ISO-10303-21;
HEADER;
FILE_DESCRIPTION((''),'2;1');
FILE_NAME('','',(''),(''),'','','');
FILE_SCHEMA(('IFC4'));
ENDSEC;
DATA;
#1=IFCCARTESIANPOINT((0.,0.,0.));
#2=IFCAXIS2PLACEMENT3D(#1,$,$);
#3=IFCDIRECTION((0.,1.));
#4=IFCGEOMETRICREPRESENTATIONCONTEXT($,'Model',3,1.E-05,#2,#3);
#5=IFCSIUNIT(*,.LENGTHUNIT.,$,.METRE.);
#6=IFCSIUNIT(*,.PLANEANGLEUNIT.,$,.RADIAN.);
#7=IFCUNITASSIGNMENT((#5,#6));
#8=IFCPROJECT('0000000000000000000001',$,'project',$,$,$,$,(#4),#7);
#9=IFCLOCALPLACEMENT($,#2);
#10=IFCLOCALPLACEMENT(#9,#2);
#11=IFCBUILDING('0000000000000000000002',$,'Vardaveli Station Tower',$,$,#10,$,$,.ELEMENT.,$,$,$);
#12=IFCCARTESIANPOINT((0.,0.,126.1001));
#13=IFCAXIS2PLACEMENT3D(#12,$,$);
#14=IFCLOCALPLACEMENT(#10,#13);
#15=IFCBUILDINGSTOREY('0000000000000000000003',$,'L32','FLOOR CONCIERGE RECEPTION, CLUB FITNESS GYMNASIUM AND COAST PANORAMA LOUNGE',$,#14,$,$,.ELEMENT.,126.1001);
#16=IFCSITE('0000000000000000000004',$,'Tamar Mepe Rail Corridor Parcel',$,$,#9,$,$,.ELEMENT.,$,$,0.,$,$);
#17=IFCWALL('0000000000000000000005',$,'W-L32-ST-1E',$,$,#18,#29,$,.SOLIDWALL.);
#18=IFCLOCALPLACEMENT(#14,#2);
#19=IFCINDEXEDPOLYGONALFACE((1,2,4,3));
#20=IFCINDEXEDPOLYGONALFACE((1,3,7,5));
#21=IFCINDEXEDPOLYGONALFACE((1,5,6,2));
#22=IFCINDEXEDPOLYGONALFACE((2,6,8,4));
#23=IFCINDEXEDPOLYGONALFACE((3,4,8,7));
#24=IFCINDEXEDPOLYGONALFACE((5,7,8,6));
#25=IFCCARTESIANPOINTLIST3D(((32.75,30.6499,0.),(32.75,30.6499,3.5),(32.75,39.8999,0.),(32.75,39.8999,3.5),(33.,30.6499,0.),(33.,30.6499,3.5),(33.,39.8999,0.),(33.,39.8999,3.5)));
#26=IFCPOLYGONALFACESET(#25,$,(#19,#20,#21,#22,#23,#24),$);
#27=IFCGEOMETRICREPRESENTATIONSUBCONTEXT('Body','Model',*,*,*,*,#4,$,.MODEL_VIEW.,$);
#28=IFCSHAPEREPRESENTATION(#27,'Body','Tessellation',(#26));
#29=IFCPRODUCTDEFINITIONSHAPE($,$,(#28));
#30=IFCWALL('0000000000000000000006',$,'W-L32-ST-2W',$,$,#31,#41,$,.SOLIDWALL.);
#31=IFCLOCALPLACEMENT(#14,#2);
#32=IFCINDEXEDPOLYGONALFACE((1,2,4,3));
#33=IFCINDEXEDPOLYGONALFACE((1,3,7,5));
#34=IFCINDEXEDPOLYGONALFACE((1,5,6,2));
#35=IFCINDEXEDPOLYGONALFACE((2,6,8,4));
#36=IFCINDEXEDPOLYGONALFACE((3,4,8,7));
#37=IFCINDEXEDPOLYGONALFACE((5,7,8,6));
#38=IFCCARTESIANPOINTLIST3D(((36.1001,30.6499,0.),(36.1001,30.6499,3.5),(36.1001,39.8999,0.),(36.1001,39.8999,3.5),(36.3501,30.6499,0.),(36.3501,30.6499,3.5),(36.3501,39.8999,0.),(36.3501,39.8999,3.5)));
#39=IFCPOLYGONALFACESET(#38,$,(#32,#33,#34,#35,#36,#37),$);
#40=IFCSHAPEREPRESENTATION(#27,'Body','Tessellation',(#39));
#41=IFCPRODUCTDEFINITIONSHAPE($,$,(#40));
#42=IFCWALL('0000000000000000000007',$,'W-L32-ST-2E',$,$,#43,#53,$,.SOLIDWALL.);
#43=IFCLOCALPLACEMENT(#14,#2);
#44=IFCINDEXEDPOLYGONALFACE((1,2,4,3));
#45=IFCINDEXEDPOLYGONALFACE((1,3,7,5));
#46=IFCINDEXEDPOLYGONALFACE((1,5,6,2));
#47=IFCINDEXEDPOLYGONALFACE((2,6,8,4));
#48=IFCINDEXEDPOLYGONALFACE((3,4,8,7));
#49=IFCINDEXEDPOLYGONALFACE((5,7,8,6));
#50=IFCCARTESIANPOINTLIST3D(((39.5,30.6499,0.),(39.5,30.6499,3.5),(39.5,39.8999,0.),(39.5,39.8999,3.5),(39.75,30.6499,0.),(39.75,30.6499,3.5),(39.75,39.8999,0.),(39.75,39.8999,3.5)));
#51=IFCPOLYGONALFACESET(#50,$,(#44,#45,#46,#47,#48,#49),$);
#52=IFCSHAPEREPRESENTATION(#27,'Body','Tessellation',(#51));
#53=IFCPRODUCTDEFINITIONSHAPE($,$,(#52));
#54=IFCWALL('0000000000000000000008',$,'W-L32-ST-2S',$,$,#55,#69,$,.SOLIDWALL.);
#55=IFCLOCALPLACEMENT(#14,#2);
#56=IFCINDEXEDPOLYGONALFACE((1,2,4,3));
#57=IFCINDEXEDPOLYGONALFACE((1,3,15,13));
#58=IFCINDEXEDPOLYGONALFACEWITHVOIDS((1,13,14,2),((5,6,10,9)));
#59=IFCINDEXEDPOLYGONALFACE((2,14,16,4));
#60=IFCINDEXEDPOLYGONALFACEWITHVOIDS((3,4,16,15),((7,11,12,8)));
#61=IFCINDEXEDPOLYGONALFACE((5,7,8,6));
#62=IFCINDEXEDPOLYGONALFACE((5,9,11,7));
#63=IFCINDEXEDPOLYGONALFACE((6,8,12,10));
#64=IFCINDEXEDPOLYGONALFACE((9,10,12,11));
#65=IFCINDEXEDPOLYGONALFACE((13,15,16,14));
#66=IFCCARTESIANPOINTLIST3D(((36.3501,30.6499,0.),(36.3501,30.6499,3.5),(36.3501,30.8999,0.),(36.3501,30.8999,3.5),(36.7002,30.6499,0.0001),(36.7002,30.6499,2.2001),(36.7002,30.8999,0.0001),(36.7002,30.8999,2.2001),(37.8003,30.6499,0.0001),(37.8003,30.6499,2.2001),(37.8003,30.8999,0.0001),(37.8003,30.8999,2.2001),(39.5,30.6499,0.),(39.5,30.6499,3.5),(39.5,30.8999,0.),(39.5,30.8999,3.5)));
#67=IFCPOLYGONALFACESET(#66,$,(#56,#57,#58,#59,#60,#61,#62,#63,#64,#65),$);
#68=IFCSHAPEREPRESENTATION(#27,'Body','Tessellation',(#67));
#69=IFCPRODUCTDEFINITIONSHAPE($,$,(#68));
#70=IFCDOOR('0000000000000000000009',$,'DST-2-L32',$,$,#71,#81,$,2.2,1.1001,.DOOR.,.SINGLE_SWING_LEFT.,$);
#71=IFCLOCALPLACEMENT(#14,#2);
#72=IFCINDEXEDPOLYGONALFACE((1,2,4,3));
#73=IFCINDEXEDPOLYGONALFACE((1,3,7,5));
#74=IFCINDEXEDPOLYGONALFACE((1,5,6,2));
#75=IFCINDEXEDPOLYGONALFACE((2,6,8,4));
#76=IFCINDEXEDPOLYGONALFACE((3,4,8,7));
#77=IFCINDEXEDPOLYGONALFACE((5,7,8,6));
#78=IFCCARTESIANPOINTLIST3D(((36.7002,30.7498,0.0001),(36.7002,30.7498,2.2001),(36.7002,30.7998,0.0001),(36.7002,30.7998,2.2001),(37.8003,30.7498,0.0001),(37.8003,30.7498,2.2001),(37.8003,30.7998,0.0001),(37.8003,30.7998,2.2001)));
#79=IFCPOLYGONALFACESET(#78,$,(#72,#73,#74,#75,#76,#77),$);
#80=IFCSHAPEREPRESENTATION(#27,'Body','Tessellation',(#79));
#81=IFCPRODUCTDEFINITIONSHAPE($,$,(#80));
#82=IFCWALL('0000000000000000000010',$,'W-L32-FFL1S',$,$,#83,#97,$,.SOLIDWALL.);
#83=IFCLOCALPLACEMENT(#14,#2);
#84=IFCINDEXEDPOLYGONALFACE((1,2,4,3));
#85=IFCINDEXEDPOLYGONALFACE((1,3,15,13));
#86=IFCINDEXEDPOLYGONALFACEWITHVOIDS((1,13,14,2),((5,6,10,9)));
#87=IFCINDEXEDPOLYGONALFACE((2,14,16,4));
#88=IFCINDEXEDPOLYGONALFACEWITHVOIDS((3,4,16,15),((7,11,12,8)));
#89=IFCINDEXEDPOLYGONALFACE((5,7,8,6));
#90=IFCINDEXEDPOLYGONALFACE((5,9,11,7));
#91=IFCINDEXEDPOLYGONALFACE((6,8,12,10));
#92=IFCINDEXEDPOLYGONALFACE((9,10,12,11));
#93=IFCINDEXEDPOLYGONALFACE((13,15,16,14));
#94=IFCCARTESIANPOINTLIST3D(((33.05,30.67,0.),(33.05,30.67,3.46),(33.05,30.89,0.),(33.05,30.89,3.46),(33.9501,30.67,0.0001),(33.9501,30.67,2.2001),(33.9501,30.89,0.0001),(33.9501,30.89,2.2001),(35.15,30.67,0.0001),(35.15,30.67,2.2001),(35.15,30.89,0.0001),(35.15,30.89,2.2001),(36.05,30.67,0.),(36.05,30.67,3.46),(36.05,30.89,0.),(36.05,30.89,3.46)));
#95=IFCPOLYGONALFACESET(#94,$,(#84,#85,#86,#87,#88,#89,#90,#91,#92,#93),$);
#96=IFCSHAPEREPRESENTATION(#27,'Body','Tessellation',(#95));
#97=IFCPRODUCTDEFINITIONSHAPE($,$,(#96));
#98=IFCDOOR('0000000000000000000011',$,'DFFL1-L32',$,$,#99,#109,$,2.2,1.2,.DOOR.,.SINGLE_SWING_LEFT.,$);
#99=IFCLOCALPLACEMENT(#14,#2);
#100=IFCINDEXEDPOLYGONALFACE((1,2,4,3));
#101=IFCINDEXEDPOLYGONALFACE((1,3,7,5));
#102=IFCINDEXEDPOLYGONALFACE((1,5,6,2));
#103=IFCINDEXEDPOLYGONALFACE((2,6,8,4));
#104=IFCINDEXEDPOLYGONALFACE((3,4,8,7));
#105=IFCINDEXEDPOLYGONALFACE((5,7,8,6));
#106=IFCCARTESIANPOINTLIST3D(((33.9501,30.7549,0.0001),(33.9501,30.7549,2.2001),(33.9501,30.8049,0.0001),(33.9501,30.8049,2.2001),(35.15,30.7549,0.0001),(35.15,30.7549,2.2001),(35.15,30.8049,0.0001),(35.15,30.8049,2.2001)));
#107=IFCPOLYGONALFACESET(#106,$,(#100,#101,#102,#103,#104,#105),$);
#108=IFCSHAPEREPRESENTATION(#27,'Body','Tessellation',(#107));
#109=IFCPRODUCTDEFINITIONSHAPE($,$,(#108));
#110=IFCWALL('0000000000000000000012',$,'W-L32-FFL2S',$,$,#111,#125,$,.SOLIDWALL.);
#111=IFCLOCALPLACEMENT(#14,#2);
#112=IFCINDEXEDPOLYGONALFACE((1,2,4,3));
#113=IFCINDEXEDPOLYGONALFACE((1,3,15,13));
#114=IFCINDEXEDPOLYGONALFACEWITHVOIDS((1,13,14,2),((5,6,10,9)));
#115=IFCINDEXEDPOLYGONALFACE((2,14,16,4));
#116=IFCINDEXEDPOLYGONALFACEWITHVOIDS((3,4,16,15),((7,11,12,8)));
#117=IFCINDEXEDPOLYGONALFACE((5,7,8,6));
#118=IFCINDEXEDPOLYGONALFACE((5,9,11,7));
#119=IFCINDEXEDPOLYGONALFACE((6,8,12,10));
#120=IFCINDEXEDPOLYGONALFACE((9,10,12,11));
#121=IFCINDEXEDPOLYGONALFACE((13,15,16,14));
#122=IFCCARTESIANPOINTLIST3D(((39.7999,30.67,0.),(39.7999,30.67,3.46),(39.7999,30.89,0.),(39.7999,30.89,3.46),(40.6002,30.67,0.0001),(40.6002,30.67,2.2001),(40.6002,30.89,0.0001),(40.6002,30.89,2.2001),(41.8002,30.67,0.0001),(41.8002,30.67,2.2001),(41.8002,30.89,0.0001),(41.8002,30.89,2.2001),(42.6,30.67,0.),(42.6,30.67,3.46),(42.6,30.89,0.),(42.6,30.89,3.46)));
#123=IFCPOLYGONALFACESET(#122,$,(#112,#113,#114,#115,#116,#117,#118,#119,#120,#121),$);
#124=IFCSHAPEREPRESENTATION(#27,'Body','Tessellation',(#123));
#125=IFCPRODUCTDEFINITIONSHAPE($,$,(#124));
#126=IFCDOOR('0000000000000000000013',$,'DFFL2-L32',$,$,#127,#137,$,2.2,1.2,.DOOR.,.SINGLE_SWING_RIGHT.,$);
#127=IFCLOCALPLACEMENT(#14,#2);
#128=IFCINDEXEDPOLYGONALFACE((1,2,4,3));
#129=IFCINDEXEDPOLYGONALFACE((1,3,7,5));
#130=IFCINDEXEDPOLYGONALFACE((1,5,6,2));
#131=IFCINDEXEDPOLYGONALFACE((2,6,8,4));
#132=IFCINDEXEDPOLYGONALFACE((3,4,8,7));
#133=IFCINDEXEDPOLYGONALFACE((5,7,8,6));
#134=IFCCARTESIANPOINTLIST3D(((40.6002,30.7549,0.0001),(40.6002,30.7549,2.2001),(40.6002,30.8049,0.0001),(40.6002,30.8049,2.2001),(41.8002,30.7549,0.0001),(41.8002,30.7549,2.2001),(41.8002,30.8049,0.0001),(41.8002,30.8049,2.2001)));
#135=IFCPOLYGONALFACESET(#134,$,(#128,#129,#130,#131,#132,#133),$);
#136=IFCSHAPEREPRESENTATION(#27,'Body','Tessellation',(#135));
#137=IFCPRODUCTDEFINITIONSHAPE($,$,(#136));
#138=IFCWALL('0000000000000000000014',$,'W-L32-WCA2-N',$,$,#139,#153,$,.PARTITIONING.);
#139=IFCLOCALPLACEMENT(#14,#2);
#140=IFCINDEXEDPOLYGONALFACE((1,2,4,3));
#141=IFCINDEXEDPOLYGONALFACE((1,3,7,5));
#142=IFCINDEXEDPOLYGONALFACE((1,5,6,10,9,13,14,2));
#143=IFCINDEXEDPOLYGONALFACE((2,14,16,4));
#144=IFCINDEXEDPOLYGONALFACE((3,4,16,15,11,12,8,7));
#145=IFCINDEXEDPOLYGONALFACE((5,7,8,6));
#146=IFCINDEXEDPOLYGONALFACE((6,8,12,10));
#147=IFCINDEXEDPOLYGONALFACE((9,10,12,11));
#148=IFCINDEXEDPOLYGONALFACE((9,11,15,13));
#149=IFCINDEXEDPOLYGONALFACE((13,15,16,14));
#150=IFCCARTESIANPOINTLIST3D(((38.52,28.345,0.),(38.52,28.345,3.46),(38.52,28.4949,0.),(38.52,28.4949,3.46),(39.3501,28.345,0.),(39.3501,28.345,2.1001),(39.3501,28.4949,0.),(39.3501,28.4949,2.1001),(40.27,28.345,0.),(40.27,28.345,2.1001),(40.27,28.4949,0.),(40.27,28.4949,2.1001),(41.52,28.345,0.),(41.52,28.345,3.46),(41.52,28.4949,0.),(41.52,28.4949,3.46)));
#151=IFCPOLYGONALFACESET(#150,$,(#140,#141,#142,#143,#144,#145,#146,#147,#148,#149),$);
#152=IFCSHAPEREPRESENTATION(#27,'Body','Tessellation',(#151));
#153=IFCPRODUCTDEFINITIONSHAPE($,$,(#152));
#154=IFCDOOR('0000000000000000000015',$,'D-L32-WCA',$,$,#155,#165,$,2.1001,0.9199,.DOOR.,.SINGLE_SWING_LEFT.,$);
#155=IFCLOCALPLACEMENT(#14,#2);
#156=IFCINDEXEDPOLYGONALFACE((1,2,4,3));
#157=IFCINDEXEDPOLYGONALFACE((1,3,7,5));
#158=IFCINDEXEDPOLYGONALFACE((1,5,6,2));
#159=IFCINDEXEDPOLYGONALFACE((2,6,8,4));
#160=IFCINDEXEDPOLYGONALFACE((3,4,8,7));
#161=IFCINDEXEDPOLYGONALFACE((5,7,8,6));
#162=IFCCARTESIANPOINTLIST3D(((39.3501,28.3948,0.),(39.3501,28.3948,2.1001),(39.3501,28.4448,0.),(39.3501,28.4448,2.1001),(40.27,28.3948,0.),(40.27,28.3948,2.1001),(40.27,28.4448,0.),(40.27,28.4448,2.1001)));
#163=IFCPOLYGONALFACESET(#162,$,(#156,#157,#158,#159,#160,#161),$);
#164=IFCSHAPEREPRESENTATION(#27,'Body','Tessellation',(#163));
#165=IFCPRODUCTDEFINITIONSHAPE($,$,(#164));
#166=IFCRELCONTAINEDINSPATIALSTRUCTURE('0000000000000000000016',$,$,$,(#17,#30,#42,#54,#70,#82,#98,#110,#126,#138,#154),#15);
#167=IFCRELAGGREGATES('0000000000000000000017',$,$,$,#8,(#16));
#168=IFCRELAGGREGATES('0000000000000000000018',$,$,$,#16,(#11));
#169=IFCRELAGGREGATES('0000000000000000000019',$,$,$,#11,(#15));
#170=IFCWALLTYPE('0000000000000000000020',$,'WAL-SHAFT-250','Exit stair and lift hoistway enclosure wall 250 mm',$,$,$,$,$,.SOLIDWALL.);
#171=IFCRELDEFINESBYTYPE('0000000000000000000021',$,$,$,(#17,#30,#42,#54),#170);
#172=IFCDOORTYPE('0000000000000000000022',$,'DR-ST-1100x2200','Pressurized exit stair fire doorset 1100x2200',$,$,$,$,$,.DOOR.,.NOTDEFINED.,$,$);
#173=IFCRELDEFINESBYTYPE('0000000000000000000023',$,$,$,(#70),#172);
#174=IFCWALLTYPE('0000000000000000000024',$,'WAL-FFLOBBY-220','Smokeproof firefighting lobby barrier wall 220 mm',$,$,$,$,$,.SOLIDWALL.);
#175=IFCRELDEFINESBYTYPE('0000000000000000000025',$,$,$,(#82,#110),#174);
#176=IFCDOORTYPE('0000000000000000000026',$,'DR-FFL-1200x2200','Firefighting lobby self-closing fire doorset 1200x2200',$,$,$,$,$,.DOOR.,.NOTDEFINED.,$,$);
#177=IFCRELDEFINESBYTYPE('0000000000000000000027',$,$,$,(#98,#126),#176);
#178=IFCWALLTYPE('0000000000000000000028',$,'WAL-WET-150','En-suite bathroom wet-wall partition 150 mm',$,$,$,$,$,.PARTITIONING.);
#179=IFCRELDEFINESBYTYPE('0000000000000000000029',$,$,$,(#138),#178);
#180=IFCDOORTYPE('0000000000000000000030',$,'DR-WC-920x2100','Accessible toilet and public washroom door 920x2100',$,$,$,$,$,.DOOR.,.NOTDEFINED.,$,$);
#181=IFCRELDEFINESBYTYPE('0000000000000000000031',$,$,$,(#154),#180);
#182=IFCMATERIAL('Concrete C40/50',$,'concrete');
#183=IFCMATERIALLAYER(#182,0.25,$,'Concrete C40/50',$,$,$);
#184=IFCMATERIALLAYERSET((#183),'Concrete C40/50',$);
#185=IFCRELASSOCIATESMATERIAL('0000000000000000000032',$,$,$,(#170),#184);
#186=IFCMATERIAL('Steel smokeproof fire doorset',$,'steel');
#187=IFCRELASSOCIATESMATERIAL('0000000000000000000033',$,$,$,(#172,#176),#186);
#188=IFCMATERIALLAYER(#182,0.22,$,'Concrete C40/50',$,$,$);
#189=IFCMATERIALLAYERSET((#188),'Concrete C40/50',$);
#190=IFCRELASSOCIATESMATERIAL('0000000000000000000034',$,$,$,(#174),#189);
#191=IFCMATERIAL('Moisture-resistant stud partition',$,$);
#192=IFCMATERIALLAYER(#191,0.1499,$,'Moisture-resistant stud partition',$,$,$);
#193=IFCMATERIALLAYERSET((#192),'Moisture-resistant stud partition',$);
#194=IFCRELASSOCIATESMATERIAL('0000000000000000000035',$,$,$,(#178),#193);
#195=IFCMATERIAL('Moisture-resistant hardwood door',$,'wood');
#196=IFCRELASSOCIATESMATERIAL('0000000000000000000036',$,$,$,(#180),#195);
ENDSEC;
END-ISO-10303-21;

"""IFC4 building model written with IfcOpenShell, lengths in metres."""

from ifc_helpers import new_model, si_unit, direction, frame, frame_2d, origin, place, context, subcontext, project, spatial, rectangle, extrude, source, transform, mapped, material, layer, layer_set, type_object, element, fill, save


model = new_model("IFC4")

# Units and contexts
model_context = context("Model", 3, precision=1e-05, world=origin(), true_north=direction((0.0, 1.0)))
body_context = subcontext(model_context, "Body", "Model", "MODEL_VIEW")
ifc_project = project(units=[si_unit("LENGTHUNIT", "METRE"), si_unit("PLANEANGLEUNIT", "RADIAN")], contexts=[model_context])

# Site, building, storey
site_placement = place(None, origin())
site = spatial("IfcSite", under=ifc_project, at=site_placement, Name="Tamar Mepe Rail Corridor Parcel", CompositionType="ELEMENT", RefElevation=0.0)
building_placement = place(site_placement, origin())
building = spatial("IfcBuilding", under=site, at=building_placement, Name="Vardaveli Station Tower", CompositionType="ELEMENT")
storey_placement = place(building_placement, frame((0.0, 0.0, 126.1001)))
storey = spatial("IfcBuildingStorey", under=building, at=storey_placement, Name="L32", Description="FLOOR CONCIERGE RECEPTION, CLUB FITNESS GYMNASIUM AND COAST PANORAMA LOUNGE", CompositionType="ELEMENT", Elevation=126.1001)

# Walls
ifc_material_1 = material(Name="Concrete C40/50", Category="concrete")
ifc_layer_1 = layer(ifc_material_1, 0.25, Name="Concrete C40/50")
ifc_layer_set_1 = layer_set([ifc_layer_1], Name="Concrete C40/50")
wall_type_1 = type_object("IfcWallType", Name="WAL-SHAFT-250", Description="Exit stair and lift hoistway enclosure wall 250 mm", PredefinedType="SOLIDWALL", material=ifc_layer_set_1)
shared_shape_1 = source(origin(), body_context, "Body", "SweptSolid", [
    extrude(rectangle(XDim=9.25, YDim=0.25, at=frame_2d((4.625, 0.0))), origin(), (0.0, 0.0, 1.0), 3.5),
])
for number, where, z_axis, x_axis, name in (
    (1, (32.875, 30.6499, 0.0), (0.0, 0.0, 1.0), (0.0, 1.0, 0.0), "W-L32-ST-1E"),
    (2, (36.2251, 30.6499, 0.0), (0.0, 0.0, 1.0), (0.0, 1.0, 0.0), "W-L32-ST-2W"),
    (3, (39.625, 30.6499, 0.0), (0.0, 0.0, 1.0), (0.0, 1.0, 0.0), "W-L32-ST-2E"),
):
    element("IfcWall", number, at=place(storey_placement, frame(where, z_axis=z_axis, x_axis=x_axis)), inside=storey, type_object=wall_type_1, Name=name, PredefinedType="SOLIDWALL", context=body_context, shape_type="MappedRepresentation", body=[
        mapped(shared_shape_1, transform((0.0, 0.0, 0.0), scale=1.0)),
    ])

# Walls, openings, doors
shared_shape_2 = source(origin(), body_context, "Body", "SweptSolid", [
    extrude(rectangle(XDim=3.1499, YDim=0.25, at=frame_2d((1.575, 0.0))), origin(), (0.0, 0.0, 1.0), 3.5),
])
wall_1_placement = place(storey_placement, frame((36.3501, 30.7749, 0.0), z_axis=(0.0, 0.0, 1.0), x_axis=(1.0, 0.0, 0.0)))
wall_1 = element("IfcWall", 4, at=wall_1_placement, inside=storey, type_object=wall_type_1, Name="W-L32-ST-2S", PredefinedType="SOLIDWALL", context=body_context, shape_type="MappedRepresentation", body=[
    mapped(shared_shape_2, transform((0.0, 0.0, 0.0), scale=1.0)),
])
shared_shape_3 = source(origin(), body_context, "Body", "SweptSolid", [
    extrude(rectangle(XDim=1.1001, YDim=2.2, at=frame_2d((0.55, 1.1001))), frame((0.0, 0.135, 0.0), z_axis=(0.0, -1.0, 0.0), x_axis=(1.0, 0.0, 0.0)), (0.0, 0.0, 1.0), 0.27),
])
opening_1_placement = place(wall_1_placement, frame((0.3501, 0.0, 0.0)))
opening_1 = element("IfcOpeningElement", 5, at=opening_1_placement, cuts=wall_1, PredefinedType="OPENING", context=body_context, shape_type="MappedRepresentation", body=[
    mapped(shared_shape_3, transform((0.0, 0.0, 0.0), scale=1.0)),
])
ifc_material_2 = material(Name="Steel smokeproof fire doorset", Category="steel")
door_type_1 = type_object("IfcDoorType", Name="DR-ST-1100x2200", Description="Pressurized exit stair fire doorset 1100x2200", OperationType="NOTDEFINED", PredefinedType="DOOR", material=ifc_material_2)
shared_shape_4 = source(origin(), body_context, "Body", "SweptSolid", [
    extrude(rectangle(XDim=1.1001, YDim=2.2, at=frame_2d((0.55, 1.1001))), frame((0.0, 0.0249, 0.0), z_axis=(0.0, -1.0, 0.0), x_axis=(1.0, 0.0, 0.0)), (0.0, 0.0, 1.0), 0.05),
])
door_1_placement = place(opening_1_placement, origin())
door_1 = element("IfcDoor", 6, at=door_1_placement, inside=storey, type_object=door_type_1, Name="DST-2-L32", OperationType="SINGLE_SWING_LEFT", OverallHeight=2.2, OverallWidth=1.1001, PredefinedType="DOOR", context=body_context, shape_type="MappedRepresentation", body=[
    mapped(shared_shape_4, transform((0.0, 0.0, 0.0), scale=1.0)),
])
fill(opening_1, door_1)
ifc_layer_2 = layer(ifc_material_1, 0.22, Name="Concrete C40/50")
ifc_layer_set_2 = layer_set([ifc_layer_2], Name="Concrete C40/50")
wall_type_2 = type_object("IfcWallType", Name="WAL-FFLOBBY-220", Description="Smokeproof firefighting lobby barrier wall 220 mm", PredefinedType="SOLIDWALL", material=ifc_layer_set_2)
shared_shape_5 = source(origin(), body_context, "Body", "SweptSolid", [
    extrude(rectangle(XDim=3.0, YDim=0.22, at=frame_2d((1.5, 0.0))), origin(), (0.0, 0.0, 1.0), 3.46),
])
wall_2_placement = place(storey_placement, frame((33.05, 30.78, 0.0), z_axis=(0.0, 0.0, 1.0), x_axis=(1.0, 0.0, 0.0)))
wall_2 = element("IfcWall", 7, at=wall_2_placement, inside=storey, type_object=wall_type_2, Name="W-L32-FFL1S", PredefinedType="SOLIDWALL", context=body_context, shape_type="MappedRepresentation", body=[
    mapped(shared_shape_5, transform((0.0, 0.0, 0.0), scale=1.0)),
])
shared_shape_6 = source(origin(), body_context, "Body", "SweptSolid", [
    extrude(rectangle(XDim=1.2, YDim=2.2, at=frame_2d((0.6001, 1.1001))), frame((0.0, 0.1201, 0.0), z_axis=(0.0, -1.0, 0.0), x_axis=(1.0, 0.0, 0.0)), (0.0, 0.0, 1.0), 0.24),
])
opening_2_placement = place(wall_2_placement, frame((0.8999, 0.0, 0.0)))
opening_2 = element("IfcOpeningElement", 8, at=opening_2_placement, cuts=wall_2, PredefinedType="OPENING", context=body_context, shape_type="MappedRepresentation", body=[
    mapped(shared_shape_6, transform((0.0, 0.0, 0.0), scale=1.0)),
])
door_type_2 = type_object("IfcDoorType", Name="DR-FFL-1200x2200", Description="Firefighting lobby self-closing fire doorset 1200x2200", OperationType="NOTDEFINED", PredefinedType="DOOR", material=ifc_material_2)
shared_shape_7 = source(origin(), body_context, "Body", "SweptSolid", [
    extrude(rectangle(XDim=1.2, YDim=2.2, at=frame_2d((0.6001, 1.1001))), frame((0.0, 0.0249, 0.0), z_axis=(0.0, -1.0, 0.0), x_axis=(1.0, 0.0, 0.0)), (0.0, 0.0, 1.0), 0.05),
])
door_2_placement = place(opening_2_placement, origin())
door_2 = element("IfcDoor", 9, at=door_2_placement, inside=storey, type_object=door_type_2, Name="DFFL1-L32", OperationType="SINGLE_SWING_LEFT", OverallHeight=2.2, OverallWidth=1.2, PredefinedType="DOOR", context=body_context, shape_type="MappedRepresentation", body=[
    mapped(shared_shape_7, transform((0.0, 0.0, 0.0), scale=1.0)),
])
fill(opening_2, door_2)
shared_shape_8 = source(origin(), body_context, "Body", "SweptSolid", [
    extrude(rectangle(XDim=2.8, YDim=0.22, at=frame_2d((1.3999, 0.0))), origin(), (0.0, 0.0, 1.0), 3.46),
])
wall_3_placement = place(storey_placement, frame((39.8, 30.78, 0.0), z_axis=(0.0, 0.0, 1.0), x_axis=(1.0, 0.0, 0.0)))
wall_3 = element("IfcWall", 10, at=wall_3_placement, inside=storey, type_object=wall_type_2, Name="W-L32-FFL2S", PredefinedType="SOLIDWALL", context=body_context, shape_type="MappedRepresentation", body=[
    mapped(shared_shape_8, transform((0.0, 0.0, 0.0), scale=1.0)),
])
opening_3_placement = place(wall_3_placement, frame((0.8, 0.0, 0.0)))
opening_3 = element("IfcOpeningElement", 11, at=opening_3_placement, cuts=wall_3, PredefinedType="OPENING", context=body_context, shape_type="MappedRepresentation", body=[
    mapped(shared_shape_6, transform((0.0, 0.0, 0.0), scale=1.0)),
])
door_3_placement = place(opening_3_placement, origin())
door_3 = element("IfcDoor", 12, at=door_3_placement, inside=storey, type_object=door_type_2, Name="DFFL2-L32", OperationType="SINGLE_SWING_RIGHT", OverallHeight=2.2, OverallWidth=1.2, PredefinedType="DOOR", context=body_context, shape_type="MappedRepresentation", body=[
    mapped(shared_shape_7, transform((0.0, 0.0, 0.0), scale=1.0)),
])
fill(opening_3, door_3)
ifc_material_3 = material(Name="Moisture-resistant stud partition")
ifc_layer_3 = layer(ifc_material_3, 0.1499, Name="Moisture-resistant stud partition")
ifc_layer_set_3 = layer_set([ifc_layer_3], Name="Moisture-resistant stud partition")
wall_type_3 = type_object("IfcWallType", Name="WAL-WET-150", Description="En-suite bathroom wet-wall partition 150 mm", PredefinedType="PARTITIONING", material=ifc_layer_set_3)
shared_shape_9 = source(origin(), body_context, "Body", "SweptSolid", [
    extrude(rectangle(XDim=3.0, YDim=0.1499, at=frame_2d((1.5, 0.0))), origin(), (0.0, 0.0, 1.0), 3.46),
])
wall_4_placement = place(storey_placement, frame((38.52, 28.4199, 0.0), z_axis=(0.0, 0.0, 1.0), x_axis=(1.0, 0.0, 0.0)))
wall_4 = element("IfcWall", 13, at=wall_4_placement, inside=storey, type_object=wall_type_3, Name="W-L32-WCA2-N", PredefinedType="PARTITIONING", context=body_context, shape_type="MappedRepresentation", body=[
    mapped(shared_shape_9, transform((0.0, 0.0, 0.0), scale=1.0)),
])
shared_shape_10 = source(origin(), body_context, "Body", "SweptSolid", [
    extrude(rectangle(XDim=0.9199, YDim=2.1001, at=frame_2d((0.46, 1.05))), frame((0.0, 0.085, 0.0), z_axis=(0.0, -1.0, 0.0), x_axis=(1.0, 0.0, 0.0)), (0.0, 0.0, 1.0), 0.1699),
])
opening_4_placement = place(wall_4_placement, frame((0.8301, 0.0, 0.0)))
opening_4 = element("IfcOpeningElement", 14, at=opening_4_placement, cuts=wall_4, PredefinedType="OPENING", context=body_context, shape_type="MappedRepresentation", body=[
    mapped(shared_shape_10, transform((0.0, 0.0, 0.0), scale=1.0)),
])
ifc_material_4 = material(Name="Moisture-resistant hardwood door", Category="wood")
door_type_3 = type_object("IfcDoorType", Name="DR-WC-920x2100", Description="Accessible toilet and public washroom door 920x2100", OperationType="NOTDEFINED", PredefinedType="DOOR", material=ifc_material_4)
shared_shape_11 = source(origin(), body_context, "Body", "SweptSolid", [
    extrude(rectangle(XDim=0.9199, YDim=2.1001, at=frame_2d((0.46, 1.05))), frame((0.0, 0.0249, 0.0), z_axis=(0.0, -1.0, 0.0), x_axis=(1.0, 0.0, 0.0)), (0.0, 0.0, 1.0), 0.05),
])
door_4_placement = place(opening_4_placement, origin())
door_4 = element("IfcDoor", 15, at=door_4_placement, inside=storey, type_object=door_type_3, Name="D-L32-WCA", OperationType="SINGLE_SWING_LEFT", OverallHeight=2.1001, OverallWidth=0.9199, PredefinedType="DOOR", context=body_context, shape_type="MappedRepresentation", body=[
    mapped(shared_shape_11, transform((0.0, 0.0, 0.0), scale=1.0)),
])
fill(opening_4, door_4)

save(model, "model.ifc")
